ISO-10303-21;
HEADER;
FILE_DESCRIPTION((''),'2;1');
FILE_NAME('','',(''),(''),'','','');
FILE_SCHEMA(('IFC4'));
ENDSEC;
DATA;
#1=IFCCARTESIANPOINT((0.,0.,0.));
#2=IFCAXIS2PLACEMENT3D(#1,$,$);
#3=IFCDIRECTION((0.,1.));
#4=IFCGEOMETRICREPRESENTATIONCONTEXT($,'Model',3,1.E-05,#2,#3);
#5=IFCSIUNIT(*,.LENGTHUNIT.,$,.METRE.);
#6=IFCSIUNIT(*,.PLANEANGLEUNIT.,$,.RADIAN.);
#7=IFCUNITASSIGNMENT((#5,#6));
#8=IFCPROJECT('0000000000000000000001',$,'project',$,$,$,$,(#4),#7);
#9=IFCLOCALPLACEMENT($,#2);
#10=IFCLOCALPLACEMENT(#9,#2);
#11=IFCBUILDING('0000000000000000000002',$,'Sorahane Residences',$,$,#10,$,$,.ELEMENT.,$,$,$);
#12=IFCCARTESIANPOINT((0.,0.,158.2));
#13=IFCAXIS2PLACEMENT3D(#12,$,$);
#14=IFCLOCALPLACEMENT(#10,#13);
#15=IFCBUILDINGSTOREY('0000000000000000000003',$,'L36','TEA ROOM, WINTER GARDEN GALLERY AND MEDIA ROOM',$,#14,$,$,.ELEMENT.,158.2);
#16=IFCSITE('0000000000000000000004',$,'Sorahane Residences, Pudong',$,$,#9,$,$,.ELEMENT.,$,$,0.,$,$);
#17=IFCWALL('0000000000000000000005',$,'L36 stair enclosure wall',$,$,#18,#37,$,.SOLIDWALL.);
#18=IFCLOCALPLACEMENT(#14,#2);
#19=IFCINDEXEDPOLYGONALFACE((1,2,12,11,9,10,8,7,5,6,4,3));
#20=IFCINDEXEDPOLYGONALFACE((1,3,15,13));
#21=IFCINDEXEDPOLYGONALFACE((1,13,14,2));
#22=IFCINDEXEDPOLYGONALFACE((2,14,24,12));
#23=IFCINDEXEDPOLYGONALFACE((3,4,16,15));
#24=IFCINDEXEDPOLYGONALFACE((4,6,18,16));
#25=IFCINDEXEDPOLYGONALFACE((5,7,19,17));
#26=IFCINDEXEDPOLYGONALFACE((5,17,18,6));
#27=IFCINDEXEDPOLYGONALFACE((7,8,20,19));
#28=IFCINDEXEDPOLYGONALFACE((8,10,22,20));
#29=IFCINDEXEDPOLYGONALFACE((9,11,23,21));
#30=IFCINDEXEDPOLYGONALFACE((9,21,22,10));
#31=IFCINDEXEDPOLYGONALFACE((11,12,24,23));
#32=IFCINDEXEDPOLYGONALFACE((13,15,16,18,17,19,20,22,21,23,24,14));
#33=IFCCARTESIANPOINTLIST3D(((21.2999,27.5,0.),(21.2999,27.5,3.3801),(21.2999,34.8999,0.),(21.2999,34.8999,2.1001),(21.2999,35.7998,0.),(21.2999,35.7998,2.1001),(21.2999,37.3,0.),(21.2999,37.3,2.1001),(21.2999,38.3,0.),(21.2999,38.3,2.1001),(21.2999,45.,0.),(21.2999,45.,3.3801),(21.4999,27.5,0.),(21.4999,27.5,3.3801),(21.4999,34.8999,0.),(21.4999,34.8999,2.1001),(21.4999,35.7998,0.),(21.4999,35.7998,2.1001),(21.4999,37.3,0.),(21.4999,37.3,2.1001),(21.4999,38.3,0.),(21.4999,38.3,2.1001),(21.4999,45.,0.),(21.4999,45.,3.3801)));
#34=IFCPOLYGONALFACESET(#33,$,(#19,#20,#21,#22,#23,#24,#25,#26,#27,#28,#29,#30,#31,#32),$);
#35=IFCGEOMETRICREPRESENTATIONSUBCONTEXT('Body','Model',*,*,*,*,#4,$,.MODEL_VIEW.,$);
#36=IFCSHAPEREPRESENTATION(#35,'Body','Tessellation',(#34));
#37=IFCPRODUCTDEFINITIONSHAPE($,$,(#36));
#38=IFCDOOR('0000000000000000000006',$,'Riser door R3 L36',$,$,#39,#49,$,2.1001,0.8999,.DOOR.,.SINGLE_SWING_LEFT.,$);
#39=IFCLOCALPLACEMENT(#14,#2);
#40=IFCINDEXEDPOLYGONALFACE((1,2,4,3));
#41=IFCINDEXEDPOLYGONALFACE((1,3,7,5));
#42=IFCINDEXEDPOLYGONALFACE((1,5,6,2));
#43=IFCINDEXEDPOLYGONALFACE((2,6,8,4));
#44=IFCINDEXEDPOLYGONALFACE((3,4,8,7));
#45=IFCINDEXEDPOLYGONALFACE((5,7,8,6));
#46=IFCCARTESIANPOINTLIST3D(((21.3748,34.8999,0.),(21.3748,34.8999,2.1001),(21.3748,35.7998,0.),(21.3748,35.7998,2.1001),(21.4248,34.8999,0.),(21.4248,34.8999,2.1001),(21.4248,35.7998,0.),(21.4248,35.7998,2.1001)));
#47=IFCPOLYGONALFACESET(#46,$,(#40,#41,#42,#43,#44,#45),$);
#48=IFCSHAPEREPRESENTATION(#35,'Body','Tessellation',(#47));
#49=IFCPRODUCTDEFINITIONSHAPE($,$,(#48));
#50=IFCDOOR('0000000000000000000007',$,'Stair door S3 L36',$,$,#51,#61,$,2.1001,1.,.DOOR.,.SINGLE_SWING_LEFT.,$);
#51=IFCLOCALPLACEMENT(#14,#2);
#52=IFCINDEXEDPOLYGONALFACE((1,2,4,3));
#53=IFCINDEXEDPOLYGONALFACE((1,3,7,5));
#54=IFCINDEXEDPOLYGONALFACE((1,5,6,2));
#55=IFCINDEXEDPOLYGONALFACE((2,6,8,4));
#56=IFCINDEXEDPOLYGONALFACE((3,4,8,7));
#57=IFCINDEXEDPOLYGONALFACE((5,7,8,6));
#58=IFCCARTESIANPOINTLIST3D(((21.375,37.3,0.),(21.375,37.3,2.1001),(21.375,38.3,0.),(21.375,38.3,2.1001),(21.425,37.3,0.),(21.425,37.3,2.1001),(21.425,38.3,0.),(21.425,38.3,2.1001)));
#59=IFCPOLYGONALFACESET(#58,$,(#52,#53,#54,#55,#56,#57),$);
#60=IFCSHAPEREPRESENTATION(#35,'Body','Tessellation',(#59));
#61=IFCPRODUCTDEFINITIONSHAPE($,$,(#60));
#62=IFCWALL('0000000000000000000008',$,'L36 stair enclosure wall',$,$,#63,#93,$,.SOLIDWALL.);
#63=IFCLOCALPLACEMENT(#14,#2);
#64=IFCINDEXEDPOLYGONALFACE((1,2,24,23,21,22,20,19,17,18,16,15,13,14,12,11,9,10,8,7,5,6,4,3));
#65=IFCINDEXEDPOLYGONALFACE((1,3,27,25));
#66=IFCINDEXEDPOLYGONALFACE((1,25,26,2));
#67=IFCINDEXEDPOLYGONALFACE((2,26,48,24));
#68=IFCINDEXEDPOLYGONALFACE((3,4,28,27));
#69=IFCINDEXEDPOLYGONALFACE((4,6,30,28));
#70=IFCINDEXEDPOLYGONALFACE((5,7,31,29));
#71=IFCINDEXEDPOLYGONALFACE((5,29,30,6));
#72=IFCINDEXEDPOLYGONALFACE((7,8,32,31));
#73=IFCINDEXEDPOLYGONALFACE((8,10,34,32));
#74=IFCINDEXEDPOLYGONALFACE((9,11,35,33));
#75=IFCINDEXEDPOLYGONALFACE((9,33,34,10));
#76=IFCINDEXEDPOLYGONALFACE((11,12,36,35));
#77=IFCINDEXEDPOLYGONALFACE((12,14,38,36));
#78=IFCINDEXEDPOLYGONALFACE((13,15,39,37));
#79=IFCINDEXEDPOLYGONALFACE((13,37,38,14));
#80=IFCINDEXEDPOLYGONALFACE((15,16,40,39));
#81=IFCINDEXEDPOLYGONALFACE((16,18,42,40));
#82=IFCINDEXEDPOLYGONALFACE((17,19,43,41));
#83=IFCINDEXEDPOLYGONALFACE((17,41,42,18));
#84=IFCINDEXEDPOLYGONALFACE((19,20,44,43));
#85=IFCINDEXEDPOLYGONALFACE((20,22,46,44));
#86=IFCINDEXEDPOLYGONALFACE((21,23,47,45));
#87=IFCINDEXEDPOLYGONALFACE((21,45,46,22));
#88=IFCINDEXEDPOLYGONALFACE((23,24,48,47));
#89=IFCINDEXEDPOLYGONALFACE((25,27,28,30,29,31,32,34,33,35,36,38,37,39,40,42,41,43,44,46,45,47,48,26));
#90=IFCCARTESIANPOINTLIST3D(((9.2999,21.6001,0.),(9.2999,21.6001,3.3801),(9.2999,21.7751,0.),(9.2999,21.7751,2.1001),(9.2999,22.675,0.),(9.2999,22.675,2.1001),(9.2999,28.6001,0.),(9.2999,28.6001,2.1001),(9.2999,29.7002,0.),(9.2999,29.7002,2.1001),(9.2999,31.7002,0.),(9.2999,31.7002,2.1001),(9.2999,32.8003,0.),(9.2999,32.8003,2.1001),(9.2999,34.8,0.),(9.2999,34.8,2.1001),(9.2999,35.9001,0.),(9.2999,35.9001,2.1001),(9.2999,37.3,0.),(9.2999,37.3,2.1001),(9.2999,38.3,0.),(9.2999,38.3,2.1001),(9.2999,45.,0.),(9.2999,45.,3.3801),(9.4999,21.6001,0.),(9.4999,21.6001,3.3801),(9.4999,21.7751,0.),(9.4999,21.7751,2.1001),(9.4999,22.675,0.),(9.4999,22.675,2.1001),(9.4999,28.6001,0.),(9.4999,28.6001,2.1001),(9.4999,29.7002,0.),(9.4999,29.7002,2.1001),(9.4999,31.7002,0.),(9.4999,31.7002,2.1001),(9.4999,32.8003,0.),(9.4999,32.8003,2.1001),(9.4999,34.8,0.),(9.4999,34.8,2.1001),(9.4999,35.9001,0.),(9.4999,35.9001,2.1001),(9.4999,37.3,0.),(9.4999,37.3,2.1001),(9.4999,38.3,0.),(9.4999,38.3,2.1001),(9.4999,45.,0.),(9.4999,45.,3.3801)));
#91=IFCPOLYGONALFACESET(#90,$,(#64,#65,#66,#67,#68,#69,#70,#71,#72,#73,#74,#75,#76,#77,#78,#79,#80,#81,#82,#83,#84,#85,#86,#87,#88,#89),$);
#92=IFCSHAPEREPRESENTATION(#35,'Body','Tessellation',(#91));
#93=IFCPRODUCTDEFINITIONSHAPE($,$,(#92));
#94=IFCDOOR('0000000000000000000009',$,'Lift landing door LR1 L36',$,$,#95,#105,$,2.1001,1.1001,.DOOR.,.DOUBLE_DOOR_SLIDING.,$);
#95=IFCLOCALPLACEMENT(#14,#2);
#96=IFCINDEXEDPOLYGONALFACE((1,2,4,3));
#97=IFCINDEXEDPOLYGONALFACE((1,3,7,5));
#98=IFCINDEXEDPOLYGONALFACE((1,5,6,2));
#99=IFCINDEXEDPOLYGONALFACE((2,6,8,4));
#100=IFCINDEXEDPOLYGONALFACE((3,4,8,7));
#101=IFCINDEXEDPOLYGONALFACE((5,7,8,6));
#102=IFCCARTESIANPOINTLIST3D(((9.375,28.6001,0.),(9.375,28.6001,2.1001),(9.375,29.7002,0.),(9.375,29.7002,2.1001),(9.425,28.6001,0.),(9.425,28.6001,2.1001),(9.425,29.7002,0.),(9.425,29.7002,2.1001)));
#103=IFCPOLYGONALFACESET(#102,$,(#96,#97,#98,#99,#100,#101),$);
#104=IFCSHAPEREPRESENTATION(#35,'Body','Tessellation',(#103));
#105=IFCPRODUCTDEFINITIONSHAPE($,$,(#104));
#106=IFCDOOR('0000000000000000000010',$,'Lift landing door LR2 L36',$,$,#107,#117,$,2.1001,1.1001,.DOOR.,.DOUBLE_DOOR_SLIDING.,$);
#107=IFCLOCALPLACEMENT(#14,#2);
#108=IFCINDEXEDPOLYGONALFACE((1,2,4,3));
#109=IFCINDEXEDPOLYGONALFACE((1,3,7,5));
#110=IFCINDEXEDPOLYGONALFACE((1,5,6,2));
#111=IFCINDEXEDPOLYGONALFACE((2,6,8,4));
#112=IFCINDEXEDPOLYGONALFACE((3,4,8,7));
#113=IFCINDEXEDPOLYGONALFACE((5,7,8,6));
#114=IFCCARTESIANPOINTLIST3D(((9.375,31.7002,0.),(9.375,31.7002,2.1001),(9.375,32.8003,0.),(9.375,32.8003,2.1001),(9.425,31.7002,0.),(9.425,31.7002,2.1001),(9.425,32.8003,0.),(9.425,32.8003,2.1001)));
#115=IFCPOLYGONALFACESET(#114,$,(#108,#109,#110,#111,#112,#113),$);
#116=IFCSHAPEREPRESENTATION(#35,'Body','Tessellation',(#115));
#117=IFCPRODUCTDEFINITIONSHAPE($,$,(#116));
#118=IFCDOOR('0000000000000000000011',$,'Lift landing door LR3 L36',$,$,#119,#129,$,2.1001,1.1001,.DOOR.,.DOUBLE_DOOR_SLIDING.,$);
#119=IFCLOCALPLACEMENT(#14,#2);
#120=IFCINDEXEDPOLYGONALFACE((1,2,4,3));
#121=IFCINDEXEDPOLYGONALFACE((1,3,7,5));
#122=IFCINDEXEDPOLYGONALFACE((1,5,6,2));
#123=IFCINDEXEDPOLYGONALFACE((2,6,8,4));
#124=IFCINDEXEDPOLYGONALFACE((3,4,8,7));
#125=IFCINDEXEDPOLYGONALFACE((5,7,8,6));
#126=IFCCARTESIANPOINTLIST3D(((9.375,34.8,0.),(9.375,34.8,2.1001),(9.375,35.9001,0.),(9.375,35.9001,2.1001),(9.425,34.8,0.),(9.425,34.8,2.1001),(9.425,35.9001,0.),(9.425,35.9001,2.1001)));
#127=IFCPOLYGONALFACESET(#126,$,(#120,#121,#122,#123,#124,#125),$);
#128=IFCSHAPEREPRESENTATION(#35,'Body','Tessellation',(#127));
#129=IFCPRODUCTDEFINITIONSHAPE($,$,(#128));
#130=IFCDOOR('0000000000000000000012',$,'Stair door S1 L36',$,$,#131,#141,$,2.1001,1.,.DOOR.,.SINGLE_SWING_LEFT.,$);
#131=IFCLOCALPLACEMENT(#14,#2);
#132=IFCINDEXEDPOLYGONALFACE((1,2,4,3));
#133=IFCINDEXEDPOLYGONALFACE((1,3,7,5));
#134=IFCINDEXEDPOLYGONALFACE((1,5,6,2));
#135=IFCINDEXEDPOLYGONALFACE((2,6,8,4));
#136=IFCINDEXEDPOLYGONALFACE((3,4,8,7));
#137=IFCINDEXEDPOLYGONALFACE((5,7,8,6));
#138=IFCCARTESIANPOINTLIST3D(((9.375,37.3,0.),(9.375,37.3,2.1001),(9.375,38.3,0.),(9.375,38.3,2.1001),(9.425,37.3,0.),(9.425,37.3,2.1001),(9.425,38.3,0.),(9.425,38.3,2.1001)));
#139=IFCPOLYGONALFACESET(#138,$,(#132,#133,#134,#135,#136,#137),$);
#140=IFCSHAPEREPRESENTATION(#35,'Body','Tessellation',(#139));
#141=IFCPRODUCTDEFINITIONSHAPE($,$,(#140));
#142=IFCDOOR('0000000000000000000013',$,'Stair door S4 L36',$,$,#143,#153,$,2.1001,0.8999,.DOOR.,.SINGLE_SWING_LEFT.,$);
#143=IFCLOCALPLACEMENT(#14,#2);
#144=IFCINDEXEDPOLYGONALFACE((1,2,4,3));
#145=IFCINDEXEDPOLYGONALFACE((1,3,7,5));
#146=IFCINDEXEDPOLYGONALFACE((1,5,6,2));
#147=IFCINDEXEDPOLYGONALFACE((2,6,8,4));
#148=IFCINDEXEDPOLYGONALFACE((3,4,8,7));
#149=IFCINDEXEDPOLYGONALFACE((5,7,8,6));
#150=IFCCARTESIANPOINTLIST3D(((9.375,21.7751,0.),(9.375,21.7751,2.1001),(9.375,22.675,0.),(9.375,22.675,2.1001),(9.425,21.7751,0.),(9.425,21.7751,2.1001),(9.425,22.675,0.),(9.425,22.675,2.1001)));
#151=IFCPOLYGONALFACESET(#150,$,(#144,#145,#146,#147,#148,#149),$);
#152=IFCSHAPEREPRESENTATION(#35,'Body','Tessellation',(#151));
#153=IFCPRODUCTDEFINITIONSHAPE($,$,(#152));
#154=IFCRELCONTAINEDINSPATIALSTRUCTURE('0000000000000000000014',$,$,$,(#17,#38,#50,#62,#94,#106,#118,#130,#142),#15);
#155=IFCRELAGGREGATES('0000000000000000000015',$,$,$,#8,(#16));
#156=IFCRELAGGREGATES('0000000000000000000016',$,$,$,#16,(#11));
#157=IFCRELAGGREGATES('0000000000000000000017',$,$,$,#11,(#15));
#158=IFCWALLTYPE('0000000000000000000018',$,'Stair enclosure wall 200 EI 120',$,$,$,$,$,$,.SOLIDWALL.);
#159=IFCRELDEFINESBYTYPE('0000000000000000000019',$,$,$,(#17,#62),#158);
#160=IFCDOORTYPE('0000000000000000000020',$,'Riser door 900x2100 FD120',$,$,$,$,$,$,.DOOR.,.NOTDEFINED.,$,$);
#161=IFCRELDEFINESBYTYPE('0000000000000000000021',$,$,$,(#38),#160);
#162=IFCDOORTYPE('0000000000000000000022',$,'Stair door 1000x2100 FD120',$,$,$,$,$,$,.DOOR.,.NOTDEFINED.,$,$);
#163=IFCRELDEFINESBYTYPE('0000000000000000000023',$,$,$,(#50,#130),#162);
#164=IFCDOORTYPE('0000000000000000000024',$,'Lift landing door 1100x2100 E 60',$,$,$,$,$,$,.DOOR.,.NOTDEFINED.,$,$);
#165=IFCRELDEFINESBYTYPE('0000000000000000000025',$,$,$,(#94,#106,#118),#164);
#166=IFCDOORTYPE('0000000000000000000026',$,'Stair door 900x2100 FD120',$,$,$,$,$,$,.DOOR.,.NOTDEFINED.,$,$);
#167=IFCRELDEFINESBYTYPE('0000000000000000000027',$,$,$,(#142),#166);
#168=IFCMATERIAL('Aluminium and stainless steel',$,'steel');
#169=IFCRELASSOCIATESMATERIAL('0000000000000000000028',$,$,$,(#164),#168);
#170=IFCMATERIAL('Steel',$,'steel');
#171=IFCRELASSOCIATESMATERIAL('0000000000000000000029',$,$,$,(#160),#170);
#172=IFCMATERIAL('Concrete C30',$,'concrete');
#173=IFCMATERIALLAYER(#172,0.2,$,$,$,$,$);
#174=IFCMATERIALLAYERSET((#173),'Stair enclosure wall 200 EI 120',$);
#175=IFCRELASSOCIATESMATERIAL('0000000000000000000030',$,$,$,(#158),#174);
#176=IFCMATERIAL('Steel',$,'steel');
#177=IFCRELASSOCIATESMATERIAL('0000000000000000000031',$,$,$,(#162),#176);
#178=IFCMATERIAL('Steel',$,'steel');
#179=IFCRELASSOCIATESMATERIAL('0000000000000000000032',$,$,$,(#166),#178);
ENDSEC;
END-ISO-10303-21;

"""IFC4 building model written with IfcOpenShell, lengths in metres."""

from ifc_helpers import new_model, si_unit, direction, frame, frame_2d, origin, place, context, subcontext, project, spatial, rectangle, extrude, material, layer, layer_set, type_object, element, fill, save


model = new_model("IFC4")

# Units and contexts
model_context = context("Model", 3, precision=1e-05, world=origin(), true_north=direction((0.0, 1.0)))
body_context = subcontext(model_context, "Body", "Model", "MODEL_VIEW")
ifc_project = project(units=[si_unit("LENGTHUNIT", "METRE"), si_unit("PLANEANGLEUNIT", "RADIAN")], contexts=[model_context])

# Site, building, storey
site_placement = place(None, origin())
site = spatial("IfcSite", under=ifc_project, at=site_placement, Name="Sorahane Residences, Pudong", CompositionType="ELEMENT", RefElevation=0.0)
building_placement = place(site_placement, origin())
building = spatial("IfcBuilding", under=site, at=building_placement, Name="Sorahane Residences", CompositionType="ELEMENT")
storey_placement = place(building_placement, frame((0.0, 0.0, 158.2)))
storey = spatial("IfcBuildingStorey", under=building, at=storey_placement, Name="L36", Description="TEA ROOM, WINTER GARDEN GALLERY AND MEDIA ROOM", CompositionType="ELEMENT", Elevation=158.2)

# Shared definitions
ifc_material_1 = material(Name="Aluminium and stainless steel", Category="steel")
door_type_1 = type_object("IfcDoorType", Name="Lift landing door 1100x2100 E 60", OperationType="NOTDEFINED", PredefinedType="DOOR", material=ifc_material_1)
ifc_material_2 = material(Name="Steel", Category="steel")
door_type_2 = type_object("IfcDoorType", Name="Riser door 900x2100 FD120", OperationType="NOTDEFINED", PredefinedType="DOOR", material=ifc_material_2)

# Walls, openings, doors
ifc_material_3 = material(Name="Concrete C30", Category="concrete")
ifc_layer_1 = layer(ifc_material_3, 0.2)
ifc_layer_set_1 = layer_set([ifc_layer_1], Name="Stair enclosure wall 200 EI 120")
wall_type_1 = type_object("IfcWallType", Name="Stair enclosure wall 200 EI 120", PredefinedType="SOLIDWALL", material=ifc_layer_set_1)
wall_1_placement = place(storey_placement, frame((21.3999, 27.5, 0.0), z_axis=(0.0, 0.0, 1.0), x_axis=(0.0, 1.0, 0.0)))
wall_1 = element("IfcWall", 1, at=wall_1_placement, inside=storey, type_object=wall_type_1, Name="L36 stair enclosure wall", PredefinedType="SOLIDWALL", context=body_context, shape_type="SweptSolid", body=[
    extrude(rectangle(XDim=17.5, YDim=0.2, at=frame_2d((8.75, 0.0))), origin(), (0.0, 0.0, 1.0), 3.3801),
])
opening_1_placement = place(wall_1_placement, frame((9.8, 0.0, 0.0)))
opening_1 = element("IfcOpeningElement", 2, at=opening_1_placement, cuts=wall_1, PredefinedType="OPENING", context=body_context, shape_type="SweptSolid", body=[
    extrude(rectangle(XDim=1.0, YDim=2.1001, at=frame_2d((0.5, 1.05))), frame((0.0, 0.1099, 0.0), z_axis=(0.0, -1.0, 0.0), x_axis=(1.0, 0.0, 0.0)), (0.0, 0.0, 1.0), 0.22),
])
opening_2_placement = place(wall_1_placement, frame((7.3999, 0.0, 0.0)))
opening_2 = element("IfcOpeningElement", 3, at=opening_2_placement, cuts=wall_1, PredefinedType="OPENING", context=body_context, shape_type="SweptSolid", body=[
    extrude(rectangle(XDim=0.8999, YDim=2.1001, at=frame_2d((0.45, 1.05))), frame((0.0, 0.1099, 0.0), z_axis=(0.0, -1.0, 0.0), x_axis=(1.0, 0.0, 0.0)), (0.0, 0.0, 1.0), 0.22),
])
door_1_placement = place(opening_2_placement, frame((0.8999, 0.0, 0.0), z_axis=(0.0, 0.0, 1.0), x_axis=(-1.0, 0.0, 0.0)))
door_1 = element("IfcDoor", 4, at=door_1_placement, inside=storey, type_object=door_type_2, Name="Riser door R3 L36", OperationType="SINGLE_SWING_LEFT", OverallHeight=2.1001, OverallWidth=0.8999, PredefinedType="DOOR", context=body_context, shape_type="SweptSolid", body=[
    extrude(rectangle(XDim=0.8999, YDim=2.1001, at=frame_2d((0.45, 1.05))), frame((0.0, 0.0249, 0.0), z_axis=(0.0, -1.0, 0.0), x_axis=(1.0, 0.0, 0.0)), (0.0, 0.0, 1.0), 0.05),
])
fill(opening_2, door_1)
ifc_material_4 = material(Name="Steel", Category="steel")
door_type_3 = type_object("IfcDoorType", Name="Stair door 1000x2100 FD120", OperationType="NOTDEFINED", PredefinedType="DOOR", material=ifc_material_4)
door_2_placement = place(opening_1_placement, origin())
door_2 = element("IfcDoor", 5, at=door_2_placement, inside=storey, type_object=door_type_3, Name="Stair door S3 L36", OperationType="SINGLE_SWING_LEFT", OverallHeight=2.1001, OverallWidth=1.0, PredefinedType="DOOR", context=body_context, shape_type="SweptSolid", body=[
    extrude(rectangle(XDim=1.0, YDim=2.1001, at=frame_2d((0.5, 1.05))), frame((0.0, 0.0249, 0.0), z_axis=(0.0, -1.0, 0.0), x_axis=(1.0, 0.0, 0.0)), (0.0, 0.0, 1.0), 0.05),
])
fill(opening_1, door_2)
wall_2_placement = place(storey_placement, frame((9.3999, 21.6001, 0.0), z_axis=(0.0, 0.0, 1.0), x_axis=(0.0, 1.0, 0.0)))
wall_2 = element("IfcWall", 6, at=wall_2_placement, inside=storey, type_object=wall_type_1, Name="L36 stair enclosure wall", PredefinedType="SOLIDWALL", context=body_context, shape_type="SweptSolid", body=[
    extrude(rectangle(XDim=23.3999, YDim=0.2, at=frame_2d((11.7, 0.0))), origin(), (0.0, 0.0, 1.0), 3.3801),
])
opening_3_placement = place(wall_2_placement, frame((7.0, 0.0, 0.0)))
opening_3 = element("IfcOpeningElement", 7, at=opening_3_placement, cuts=wall_2, PredefinedType="OPENING", context=body_context, shape_type="SweptSolid", body=[
    extrude(rectangle(XDim=1.1001, YDim=2.1001, at=frame_2d((0.55, 1.05))), frame((0.0, 0.1099, 0.0), z_axis=(0.0, -1.0, 0.0), x_axis=(1.0, 0.0, 0.0)), (0.0, 0.0, 1.0), 0.22),
])
opening_4_placement = place(wall_2_placement, frame((10.1001, 0.0, 0.0)))
opening_4 = element("IfcOpeningElement", 8, at=opening_4_placement, cuts=wall_2, PredefinedType="OPENING", context=body_context, shape_type="SweptSolid", body=[
    extrude(rectangle(XDim=1.1001, YDim=2.1001, at=frame_2d((0.55, 1.05))), frame((0.0, 0.1099, 0.0), z_axis=(0.0, -1.0, 0.0), x_axis=(1.0, 0.0, 0.0)), (0.0, 0.0, 1.0), 0.22),
])
opening_5_placement = place(wall_2_placement, frame((13.2, 0.0, 0.0)))
opening_5 = element("IfcOpeningElement", 9, at=opening_5_placement, cuts=wall_2, PredefinedType="OPENING", context=body_context, shape_type="SweptSolid", body=[
    extrude(rectangle(XDim=1.1001, YDim=2.1001, at=frame_2d((0.55, 1.05))), frame((0.0, 0.1099, 0.0), z_axis=(0.0, -1.0, 0.0), x_axis=(1.0, 0.0, 0.0)), (0.0, 0.0, 1.0), 0.22),
])
opening_6_placement = place(wall_2_placement, frame((15.7, 0.0, 0.0)))
opening_6 = element("IfcOpeningElement", 10, at=opening_6_placement, cuts=wall_2, PredefinedType="OPENING", context=body_context, shape_type="SweptSolid", body=[
    extrude(rectangle(XDim=1.0, YDim=2.1001, at=frame_2d((0.5, 1.05))), frame((0.0, 0.1099, 0.0), z_axis=(0.0, -1.0, 0.0), x_axis=(1.0, 0.0, 0.0)), (0.0, 0.0, 1.0), 0.22),
])
opening_7_placement = place(wall_2_placement, frame((0.175, 0.0, 0.0)))
opening_7 = element("IfcOpeningElement", 11, at=opening_7_placement, cuts=wall_2, PredefinedType="OPENING", context=body_context, shape_type="SweptSolid", body=[
    extrude(rectangle(XDim=0.8999, YDim=2.1001, at=frame_2d((0.45, 1.05))), frame((0.0, 0.1099, 0.0), z_axis=(0.0, -1.0, 0.0), x_axis=(1.0, 0.0, 0.0)), (0.0, 0.0, 1.0), 0.22),
])
door_3_placement = place(opening_3_placement, origin())
door_3 = element("IfcDoor", 12, at=door_3_placement, inside=storey, type_object=door_type_1, Name="Lift landing door LR1 L36", OperationType="DOUBLE_DOOR_SLIDING", OverallHeight=2.1001, OverallWidth=1.1001, PredefinedType="DOOR", context=body_context, shape_type="SweptSolid", body=[
    extrude(rectangle(XDim=1.1001, YDim=2.1001, at=frame_2d((0.55, 1.05))), frame((0.0, 0.0249, 0.0), z_axis=(0.0, -1.0, 0.0), x_axis=(1.0, 0.0, 0.0)), (0.0, 0.0, 1.0), 0.05),
])
fill(opening_3, door_3)
door_4_placement = place(opening_4_placement, origin())
door_4 = element("IfcDoor", 13, at=door_4_placement, inside=storey, type_object=door_type_1, Name="Lift landing door LR2 L36", OperationType="DOUBLE_DOOR_SLIDING", OverallHeight=2.1001, OverallWidth=1.1001, PredefinedType="DOOR", context=body_context, shape_type="SweptSolid", body=[
    extrude(rectangle(XDim=1.1001, YDim=2.1001, at=frame_2d((0.55, 1.05))), frame((0.0, 0.0249, 0.0), z_axis=(0.0, -1.0, 0.0), x_axis=(1.0, 0.0, 0.0)), (0.0, 0.0, 1.0), 0.05),
])
fill(opening_4, door_4)
door_5_placement = place(opening_5_placement, origin())
door_5 = element("IfcDoor", 14, at=door_5_placement, inside=storey, type_object=door_type_1, Name="Lift landing door LR3 L36", OperationType="DOUBLE_DOOR_SLIDING", OverallHeight=2.1001, OverallWidth=1.1001, PredefinedType="DOOR", context=body_context, shape_type="SweptSolid", body=[
    extrude(rectangle(XDim=1.1001, YDim=2.1001, at=frame_2d((0.55, 1.05))), frame((0.0, 0.0249, 0.0), z_axis=(0.0, -1.0, 0.0), x_axis=(1.0, 0.0, 0.0)), (0.0, 0.0, 1.0), 0.05),
])
fill(opening_5, door_5)
door_6_placement = place(opening_6_placement, origin())
door_6 = element("IfcDoor", 15, at=door_6_placement, inside=storey, type_object=door_type_3, Name="Stair door S1 L36", OperationType="SINGLE_SWING_LEFT", OverallHeight=2.1001, OverallWidth=1.0, PredefinedType="DOOR", context=body_context, shape_type="SweptSolid", body=[
    extrude(rectangle(XDim=1.0, YDim=2.1001, at=frame_2d((0.5, 1.05))), frame((0.0, 0.0249, 0.0), z_axis=(0.0, -1.0, 0.0), x_axis=(1.0, 0.0, 0.0)), (0.0, 0.0, 1.0), 0.05),
])
fill(opening_6, door_6)
ifc_material_5 = material(Name="Steel", Category="steel")
door_type_4 = type_object("IfcDoorType", Name="Stair door 900x2100 FD120", OperationType="NOTDEFINED", PredefinedType="DOOR", material=ifc_material_5)
door_7_placement = place(opening_7_placement, origin())
door_7 = element("IfcDoor", 16, at=door_7_placement, inside=storey, type_object=door_type_4, Name="Stair door S4 L36", OperationType="SINGLE_SWING_LEFT", OverallHeight=2.1001, OverallWidth=0.8999, PredefinedType="DOOR", context=body_context, shape_type="SweptSolid", body=[
    extrude(rectangle(XDim=0.8999, YDim=2.1001, at=frame_2d((0.45, 1.05))), frame((0.0, 0.0249, 0.0), z_axis=(0.0, -1.0, 0.0), x_axis=(1.0, 0.0, 0.0)), (0.0, 0.0, 1.0), 0.05),
])
fill(opening_7, door_7)

save(model, "model.ifc")
